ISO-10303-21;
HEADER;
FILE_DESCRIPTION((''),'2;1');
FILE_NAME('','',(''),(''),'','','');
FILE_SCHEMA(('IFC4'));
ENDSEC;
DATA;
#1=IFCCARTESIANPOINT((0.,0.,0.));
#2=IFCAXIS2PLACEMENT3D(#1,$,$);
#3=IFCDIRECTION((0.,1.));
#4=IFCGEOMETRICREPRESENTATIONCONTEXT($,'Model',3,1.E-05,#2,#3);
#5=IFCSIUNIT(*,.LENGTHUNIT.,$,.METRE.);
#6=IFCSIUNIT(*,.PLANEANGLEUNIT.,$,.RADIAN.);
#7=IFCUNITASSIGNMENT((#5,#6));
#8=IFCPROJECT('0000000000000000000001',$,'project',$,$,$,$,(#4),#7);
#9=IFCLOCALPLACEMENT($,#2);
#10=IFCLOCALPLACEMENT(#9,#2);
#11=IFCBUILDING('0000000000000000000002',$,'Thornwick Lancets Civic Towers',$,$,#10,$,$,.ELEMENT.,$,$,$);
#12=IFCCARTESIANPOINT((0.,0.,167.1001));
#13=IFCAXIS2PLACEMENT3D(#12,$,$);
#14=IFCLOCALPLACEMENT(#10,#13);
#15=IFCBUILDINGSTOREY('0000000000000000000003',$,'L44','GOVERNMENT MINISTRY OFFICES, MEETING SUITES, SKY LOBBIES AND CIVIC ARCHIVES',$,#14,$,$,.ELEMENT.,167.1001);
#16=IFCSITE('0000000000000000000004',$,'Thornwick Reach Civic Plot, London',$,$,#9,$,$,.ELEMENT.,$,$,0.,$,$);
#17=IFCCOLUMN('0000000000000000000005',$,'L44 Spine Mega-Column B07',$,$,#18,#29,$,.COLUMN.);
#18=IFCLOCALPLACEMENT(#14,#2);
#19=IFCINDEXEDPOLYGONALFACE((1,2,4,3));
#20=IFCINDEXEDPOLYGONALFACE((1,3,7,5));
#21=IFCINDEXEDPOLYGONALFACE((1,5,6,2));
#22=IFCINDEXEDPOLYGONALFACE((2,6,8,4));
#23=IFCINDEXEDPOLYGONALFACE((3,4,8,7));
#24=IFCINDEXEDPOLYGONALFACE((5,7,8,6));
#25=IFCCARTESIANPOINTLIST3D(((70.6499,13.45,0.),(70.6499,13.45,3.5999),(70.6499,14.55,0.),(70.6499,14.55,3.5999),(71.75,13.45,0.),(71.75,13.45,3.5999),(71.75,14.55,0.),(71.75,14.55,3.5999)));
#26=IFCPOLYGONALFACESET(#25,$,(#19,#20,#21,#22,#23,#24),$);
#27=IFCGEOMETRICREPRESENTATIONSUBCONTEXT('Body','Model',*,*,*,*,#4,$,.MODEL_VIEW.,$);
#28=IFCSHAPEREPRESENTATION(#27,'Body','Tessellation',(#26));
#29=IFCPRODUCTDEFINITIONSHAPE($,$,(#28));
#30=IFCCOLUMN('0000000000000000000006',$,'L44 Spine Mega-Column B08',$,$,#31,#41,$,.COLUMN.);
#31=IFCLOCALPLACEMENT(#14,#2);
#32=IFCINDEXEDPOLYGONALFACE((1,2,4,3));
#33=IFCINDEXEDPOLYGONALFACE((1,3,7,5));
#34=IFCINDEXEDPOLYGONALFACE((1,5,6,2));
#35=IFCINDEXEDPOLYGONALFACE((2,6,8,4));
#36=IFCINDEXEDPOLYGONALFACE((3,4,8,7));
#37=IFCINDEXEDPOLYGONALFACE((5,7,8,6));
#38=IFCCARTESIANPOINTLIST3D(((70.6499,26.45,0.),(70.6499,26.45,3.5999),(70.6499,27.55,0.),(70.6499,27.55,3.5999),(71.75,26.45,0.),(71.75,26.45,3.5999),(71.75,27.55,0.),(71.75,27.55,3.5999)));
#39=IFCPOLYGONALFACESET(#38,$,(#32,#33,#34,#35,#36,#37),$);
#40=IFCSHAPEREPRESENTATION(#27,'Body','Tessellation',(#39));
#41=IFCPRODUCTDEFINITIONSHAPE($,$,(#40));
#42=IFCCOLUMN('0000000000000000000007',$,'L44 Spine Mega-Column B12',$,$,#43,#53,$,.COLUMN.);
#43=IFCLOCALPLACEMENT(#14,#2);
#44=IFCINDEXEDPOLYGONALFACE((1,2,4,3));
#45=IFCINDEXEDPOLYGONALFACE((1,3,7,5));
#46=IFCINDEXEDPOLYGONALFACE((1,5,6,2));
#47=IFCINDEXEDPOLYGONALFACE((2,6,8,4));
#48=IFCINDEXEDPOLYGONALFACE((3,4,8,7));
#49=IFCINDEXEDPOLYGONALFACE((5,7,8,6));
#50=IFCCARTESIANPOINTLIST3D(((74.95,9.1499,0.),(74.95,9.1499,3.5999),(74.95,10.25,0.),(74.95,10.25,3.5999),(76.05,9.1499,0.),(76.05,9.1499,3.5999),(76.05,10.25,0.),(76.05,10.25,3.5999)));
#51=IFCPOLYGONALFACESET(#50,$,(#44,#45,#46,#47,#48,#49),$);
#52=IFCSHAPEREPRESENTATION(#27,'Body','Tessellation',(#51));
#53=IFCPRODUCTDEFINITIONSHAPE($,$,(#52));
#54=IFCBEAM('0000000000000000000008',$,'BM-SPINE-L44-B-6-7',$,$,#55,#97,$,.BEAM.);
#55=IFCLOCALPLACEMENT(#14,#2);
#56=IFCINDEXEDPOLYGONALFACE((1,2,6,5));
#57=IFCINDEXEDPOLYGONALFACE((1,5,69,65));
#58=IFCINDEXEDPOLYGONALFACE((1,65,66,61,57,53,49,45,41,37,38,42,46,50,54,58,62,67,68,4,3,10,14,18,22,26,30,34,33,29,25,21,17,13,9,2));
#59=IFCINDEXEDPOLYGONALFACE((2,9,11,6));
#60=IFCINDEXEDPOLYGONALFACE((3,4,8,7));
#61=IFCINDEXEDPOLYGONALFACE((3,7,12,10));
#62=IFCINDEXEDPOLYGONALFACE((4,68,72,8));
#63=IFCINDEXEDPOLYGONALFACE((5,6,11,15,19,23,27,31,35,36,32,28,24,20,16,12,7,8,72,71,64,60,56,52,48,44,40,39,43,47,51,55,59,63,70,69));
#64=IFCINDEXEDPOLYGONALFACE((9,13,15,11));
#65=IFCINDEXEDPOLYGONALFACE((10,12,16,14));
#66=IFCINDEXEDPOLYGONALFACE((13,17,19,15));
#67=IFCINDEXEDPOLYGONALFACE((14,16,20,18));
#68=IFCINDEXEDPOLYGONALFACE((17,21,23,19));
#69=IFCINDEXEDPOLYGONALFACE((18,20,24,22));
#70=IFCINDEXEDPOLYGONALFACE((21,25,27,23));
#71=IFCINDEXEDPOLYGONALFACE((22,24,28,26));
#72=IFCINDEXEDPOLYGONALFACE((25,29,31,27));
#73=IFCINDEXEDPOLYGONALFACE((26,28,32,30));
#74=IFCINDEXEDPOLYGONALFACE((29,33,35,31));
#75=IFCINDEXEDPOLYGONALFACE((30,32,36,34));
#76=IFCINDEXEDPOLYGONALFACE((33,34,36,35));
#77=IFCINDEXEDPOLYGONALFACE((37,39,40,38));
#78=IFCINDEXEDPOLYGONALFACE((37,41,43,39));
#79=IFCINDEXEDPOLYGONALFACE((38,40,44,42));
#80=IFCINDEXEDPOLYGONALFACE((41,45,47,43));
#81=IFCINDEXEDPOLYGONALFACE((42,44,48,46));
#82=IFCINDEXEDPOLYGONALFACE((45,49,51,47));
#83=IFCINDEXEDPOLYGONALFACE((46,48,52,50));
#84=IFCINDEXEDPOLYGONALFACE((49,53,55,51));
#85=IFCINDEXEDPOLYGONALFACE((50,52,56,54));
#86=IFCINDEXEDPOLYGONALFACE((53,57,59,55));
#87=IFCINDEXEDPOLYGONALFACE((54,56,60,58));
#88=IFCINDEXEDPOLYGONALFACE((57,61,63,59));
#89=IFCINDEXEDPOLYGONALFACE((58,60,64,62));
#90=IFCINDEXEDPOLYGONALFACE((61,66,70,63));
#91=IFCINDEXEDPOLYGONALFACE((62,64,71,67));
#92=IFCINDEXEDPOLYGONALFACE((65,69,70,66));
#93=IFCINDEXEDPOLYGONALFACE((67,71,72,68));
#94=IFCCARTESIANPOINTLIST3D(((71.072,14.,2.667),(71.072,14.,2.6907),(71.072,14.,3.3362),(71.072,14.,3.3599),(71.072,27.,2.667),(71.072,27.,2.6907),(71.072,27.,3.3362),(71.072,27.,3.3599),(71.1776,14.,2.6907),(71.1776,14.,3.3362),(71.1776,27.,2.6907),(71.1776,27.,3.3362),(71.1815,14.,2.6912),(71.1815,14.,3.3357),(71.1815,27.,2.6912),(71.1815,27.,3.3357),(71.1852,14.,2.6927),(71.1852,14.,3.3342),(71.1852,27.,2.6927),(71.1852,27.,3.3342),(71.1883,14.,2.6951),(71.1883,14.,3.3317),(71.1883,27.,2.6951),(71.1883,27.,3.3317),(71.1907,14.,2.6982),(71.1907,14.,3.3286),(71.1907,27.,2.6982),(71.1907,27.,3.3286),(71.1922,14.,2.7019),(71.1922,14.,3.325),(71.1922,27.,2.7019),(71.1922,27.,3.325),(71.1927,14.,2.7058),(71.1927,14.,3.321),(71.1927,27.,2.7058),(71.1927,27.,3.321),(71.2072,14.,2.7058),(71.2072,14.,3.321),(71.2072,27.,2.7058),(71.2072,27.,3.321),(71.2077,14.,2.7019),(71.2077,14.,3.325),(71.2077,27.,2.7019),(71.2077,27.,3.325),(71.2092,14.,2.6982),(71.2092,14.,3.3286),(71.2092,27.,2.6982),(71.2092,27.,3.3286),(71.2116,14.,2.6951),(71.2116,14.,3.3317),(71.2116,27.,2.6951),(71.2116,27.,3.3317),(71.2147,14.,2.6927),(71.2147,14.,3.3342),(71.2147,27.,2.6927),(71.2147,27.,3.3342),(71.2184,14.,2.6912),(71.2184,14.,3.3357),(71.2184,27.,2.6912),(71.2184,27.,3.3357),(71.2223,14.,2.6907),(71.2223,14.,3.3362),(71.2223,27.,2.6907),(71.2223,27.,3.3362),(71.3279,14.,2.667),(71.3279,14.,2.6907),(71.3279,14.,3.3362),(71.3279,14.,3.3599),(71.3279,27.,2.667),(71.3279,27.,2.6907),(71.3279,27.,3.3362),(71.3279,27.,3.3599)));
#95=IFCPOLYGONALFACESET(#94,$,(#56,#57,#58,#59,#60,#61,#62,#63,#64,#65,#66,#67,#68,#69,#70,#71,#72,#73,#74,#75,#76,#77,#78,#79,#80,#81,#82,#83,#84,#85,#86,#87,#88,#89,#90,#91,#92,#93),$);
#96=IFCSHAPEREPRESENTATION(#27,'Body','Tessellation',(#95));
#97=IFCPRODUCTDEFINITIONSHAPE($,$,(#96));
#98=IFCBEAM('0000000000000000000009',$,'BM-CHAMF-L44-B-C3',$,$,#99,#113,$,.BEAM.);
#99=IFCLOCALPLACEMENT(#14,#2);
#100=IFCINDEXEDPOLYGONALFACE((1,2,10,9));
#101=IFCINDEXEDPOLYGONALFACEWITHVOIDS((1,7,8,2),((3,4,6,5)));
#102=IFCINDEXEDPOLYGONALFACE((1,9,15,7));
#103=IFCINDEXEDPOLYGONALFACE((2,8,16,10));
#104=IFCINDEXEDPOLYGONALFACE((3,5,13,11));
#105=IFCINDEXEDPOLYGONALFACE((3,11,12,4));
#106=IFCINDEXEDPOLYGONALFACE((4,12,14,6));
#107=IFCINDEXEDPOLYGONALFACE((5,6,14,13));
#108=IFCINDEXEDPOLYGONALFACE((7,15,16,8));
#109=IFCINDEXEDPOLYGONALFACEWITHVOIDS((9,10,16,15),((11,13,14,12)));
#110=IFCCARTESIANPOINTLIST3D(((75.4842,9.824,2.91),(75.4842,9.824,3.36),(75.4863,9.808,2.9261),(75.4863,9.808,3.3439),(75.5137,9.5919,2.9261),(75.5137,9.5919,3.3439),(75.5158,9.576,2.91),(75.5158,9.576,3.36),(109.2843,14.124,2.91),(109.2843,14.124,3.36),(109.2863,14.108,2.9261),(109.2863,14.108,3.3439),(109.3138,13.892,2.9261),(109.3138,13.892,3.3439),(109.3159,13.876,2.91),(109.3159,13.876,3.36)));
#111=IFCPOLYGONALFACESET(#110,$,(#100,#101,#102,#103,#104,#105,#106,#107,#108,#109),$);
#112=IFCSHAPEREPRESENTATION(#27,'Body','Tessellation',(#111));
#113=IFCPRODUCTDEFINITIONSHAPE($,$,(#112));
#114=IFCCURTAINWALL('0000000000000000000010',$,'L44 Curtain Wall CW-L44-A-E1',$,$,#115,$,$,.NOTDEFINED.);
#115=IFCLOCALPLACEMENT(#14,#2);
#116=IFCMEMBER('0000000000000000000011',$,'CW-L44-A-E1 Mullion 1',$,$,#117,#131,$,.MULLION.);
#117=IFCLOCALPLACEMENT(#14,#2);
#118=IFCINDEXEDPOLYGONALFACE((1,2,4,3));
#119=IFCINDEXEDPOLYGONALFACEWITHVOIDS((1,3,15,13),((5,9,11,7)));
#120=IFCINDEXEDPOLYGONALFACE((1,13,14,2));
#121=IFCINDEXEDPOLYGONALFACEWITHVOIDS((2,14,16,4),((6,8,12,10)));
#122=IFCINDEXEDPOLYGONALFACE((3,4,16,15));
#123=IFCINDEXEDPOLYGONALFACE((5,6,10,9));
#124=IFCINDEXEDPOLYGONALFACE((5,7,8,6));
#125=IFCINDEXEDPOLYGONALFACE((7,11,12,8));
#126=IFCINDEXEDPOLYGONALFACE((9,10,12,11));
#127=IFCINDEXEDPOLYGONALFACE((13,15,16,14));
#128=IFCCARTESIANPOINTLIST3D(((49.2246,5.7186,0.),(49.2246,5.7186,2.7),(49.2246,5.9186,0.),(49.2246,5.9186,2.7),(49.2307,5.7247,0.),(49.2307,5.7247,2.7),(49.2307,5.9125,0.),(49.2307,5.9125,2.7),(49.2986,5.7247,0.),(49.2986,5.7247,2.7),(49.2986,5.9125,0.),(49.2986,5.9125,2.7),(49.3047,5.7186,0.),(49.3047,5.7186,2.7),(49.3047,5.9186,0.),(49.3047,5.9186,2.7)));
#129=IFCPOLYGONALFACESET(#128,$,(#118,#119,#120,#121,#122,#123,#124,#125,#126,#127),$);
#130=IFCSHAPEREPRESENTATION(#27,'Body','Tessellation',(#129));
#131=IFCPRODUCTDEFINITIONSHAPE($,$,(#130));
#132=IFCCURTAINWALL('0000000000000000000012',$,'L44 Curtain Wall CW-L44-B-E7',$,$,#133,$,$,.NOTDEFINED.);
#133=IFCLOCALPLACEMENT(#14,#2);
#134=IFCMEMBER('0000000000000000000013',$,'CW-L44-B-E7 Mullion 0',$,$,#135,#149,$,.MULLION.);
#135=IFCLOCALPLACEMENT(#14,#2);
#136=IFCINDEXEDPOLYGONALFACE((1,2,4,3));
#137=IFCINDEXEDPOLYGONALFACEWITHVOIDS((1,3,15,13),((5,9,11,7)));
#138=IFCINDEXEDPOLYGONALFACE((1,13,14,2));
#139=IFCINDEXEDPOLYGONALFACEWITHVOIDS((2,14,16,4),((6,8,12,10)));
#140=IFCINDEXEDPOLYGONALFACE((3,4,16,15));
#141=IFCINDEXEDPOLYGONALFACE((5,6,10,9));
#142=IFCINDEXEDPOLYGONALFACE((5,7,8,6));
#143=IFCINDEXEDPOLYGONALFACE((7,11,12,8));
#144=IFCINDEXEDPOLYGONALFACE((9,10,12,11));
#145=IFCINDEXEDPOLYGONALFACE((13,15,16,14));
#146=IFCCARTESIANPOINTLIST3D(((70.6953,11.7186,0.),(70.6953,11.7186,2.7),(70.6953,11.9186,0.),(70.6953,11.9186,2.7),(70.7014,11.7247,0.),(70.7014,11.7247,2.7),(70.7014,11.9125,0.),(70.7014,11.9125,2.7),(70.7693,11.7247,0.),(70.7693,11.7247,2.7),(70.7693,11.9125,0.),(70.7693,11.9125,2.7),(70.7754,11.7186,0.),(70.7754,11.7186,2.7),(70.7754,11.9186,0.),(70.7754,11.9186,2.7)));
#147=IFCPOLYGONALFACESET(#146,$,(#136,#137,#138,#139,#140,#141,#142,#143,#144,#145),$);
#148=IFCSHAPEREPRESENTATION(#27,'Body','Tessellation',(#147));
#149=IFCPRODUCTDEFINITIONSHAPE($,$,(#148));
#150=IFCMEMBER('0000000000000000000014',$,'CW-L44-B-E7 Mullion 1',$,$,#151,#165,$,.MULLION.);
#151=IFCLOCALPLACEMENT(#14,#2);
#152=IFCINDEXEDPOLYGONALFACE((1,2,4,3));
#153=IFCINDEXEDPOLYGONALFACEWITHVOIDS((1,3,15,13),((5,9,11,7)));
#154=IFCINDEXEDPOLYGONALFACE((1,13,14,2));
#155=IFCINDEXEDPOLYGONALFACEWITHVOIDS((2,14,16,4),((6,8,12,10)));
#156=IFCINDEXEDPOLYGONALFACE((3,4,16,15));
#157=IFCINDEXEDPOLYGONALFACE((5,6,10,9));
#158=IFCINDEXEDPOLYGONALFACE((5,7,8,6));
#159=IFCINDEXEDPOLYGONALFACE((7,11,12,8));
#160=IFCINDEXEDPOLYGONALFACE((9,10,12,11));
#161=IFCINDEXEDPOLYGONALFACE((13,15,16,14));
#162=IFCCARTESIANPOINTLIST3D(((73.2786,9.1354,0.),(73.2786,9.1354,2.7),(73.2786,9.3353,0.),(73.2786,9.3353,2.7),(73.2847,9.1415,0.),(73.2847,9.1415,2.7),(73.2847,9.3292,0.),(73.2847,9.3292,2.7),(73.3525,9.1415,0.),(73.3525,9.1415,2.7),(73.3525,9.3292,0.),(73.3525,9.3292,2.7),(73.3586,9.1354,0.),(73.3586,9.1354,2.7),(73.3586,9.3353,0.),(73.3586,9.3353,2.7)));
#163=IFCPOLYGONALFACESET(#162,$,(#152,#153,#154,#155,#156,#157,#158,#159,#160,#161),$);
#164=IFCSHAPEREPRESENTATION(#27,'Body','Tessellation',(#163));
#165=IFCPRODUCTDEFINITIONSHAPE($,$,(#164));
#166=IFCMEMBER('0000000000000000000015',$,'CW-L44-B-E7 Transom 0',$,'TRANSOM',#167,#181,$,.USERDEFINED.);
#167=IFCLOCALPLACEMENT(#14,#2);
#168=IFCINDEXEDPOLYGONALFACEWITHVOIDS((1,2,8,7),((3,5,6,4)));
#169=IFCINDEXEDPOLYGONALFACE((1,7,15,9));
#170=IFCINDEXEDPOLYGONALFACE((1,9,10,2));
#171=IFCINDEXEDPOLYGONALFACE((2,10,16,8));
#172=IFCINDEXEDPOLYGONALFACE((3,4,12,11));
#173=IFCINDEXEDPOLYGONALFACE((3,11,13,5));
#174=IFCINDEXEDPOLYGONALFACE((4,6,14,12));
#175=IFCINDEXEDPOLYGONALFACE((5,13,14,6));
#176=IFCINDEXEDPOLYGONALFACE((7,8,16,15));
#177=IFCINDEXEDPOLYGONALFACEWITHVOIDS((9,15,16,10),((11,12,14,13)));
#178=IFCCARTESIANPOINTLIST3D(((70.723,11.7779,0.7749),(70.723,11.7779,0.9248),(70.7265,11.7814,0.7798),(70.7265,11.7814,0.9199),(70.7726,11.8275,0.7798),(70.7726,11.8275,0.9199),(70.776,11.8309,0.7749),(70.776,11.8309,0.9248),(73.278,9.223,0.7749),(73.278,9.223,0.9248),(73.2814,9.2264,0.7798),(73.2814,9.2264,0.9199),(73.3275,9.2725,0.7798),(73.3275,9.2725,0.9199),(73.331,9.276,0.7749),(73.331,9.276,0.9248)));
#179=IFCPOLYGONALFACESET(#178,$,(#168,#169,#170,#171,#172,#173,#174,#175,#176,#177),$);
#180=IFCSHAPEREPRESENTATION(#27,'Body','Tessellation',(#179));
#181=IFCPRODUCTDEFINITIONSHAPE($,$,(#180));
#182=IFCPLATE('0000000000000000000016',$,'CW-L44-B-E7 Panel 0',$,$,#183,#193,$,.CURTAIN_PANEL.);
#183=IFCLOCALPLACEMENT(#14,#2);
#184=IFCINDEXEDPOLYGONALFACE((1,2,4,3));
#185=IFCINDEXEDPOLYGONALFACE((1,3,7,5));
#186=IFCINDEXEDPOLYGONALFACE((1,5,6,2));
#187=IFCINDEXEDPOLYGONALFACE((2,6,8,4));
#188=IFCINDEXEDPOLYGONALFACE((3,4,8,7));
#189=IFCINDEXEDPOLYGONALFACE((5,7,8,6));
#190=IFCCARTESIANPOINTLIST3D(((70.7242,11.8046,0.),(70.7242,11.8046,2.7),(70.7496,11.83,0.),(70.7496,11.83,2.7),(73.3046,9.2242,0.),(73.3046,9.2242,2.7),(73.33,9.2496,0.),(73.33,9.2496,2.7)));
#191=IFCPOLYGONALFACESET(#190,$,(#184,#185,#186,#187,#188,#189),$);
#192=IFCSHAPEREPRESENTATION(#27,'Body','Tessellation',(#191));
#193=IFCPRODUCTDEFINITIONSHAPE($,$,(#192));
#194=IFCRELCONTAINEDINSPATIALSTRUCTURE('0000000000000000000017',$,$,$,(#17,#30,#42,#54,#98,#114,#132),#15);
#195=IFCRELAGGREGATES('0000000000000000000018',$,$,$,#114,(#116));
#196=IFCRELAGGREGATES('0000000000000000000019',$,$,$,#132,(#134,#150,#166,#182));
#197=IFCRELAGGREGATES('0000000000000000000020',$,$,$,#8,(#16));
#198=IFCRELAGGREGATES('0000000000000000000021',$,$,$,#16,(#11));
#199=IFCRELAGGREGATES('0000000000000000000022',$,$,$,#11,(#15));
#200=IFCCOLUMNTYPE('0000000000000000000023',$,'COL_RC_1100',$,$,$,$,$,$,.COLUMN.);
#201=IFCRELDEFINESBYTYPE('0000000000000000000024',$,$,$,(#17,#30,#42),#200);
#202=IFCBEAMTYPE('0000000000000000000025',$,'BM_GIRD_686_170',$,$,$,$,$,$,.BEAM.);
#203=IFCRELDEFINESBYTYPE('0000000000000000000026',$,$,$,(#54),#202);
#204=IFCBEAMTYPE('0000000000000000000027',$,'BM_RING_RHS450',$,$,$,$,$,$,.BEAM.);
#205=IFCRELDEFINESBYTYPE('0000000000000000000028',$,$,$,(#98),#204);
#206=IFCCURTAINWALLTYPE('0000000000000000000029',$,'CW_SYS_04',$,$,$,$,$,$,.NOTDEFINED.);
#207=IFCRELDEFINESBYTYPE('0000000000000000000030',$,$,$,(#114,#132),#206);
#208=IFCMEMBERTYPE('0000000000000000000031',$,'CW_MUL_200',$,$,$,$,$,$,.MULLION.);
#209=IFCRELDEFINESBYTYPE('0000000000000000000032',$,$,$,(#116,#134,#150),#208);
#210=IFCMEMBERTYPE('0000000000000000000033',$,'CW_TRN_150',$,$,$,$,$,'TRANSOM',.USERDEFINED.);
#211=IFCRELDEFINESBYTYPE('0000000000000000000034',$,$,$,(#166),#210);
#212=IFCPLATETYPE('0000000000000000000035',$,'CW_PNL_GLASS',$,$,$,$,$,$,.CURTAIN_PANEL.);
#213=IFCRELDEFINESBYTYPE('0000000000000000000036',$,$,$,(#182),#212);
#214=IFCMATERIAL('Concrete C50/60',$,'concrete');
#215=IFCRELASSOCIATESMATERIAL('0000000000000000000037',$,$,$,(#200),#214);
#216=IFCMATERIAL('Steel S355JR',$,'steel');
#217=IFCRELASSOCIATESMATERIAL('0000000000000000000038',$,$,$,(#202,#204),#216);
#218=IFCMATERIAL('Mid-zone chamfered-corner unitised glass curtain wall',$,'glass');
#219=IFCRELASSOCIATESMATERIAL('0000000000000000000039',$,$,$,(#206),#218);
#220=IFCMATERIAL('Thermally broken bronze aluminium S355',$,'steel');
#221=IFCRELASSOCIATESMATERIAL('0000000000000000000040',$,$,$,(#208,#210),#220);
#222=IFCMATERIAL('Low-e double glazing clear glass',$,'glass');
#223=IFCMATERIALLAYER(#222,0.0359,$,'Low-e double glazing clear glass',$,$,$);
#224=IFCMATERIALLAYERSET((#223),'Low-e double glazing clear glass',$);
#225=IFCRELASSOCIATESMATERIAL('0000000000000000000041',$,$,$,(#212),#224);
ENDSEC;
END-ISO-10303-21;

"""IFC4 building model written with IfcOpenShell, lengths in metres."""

from ifc_helpers import new_model, si_unit, direction, frame, origin, origin_2d, place, context, subcontext, project, spatial, rectangle, hollow_rectangle, i_section, extrude, material, layer, layer_set, material_profile, profile_set, type_object, element, aggregate, save


model = new_model("IFC4")

# Units and contexts
model_context = context("Model", 3, precision=1e-05, world=origin(), true_north=direction((0.0, 1.0)))
body_context = subcontext(model_context, "Body", "Model", "MODEL_VIEW")
ifc_project = project(units=[si_unit("LENGTHUNIT", "METRE"), si_unit("PLANEANGLEUNIT", "RADIAN")], contexts=[model_context])

# Site, building, storey
site_placement = place(None, origin())
site = spatial("IfcSite", under=ifc_project, at=site_placement, Name="Thornwick Reach Civic Plot, London", CompositionType="ELEMENT", RefElevation=0.0)
building_placement = place(site_placement, origin())
building = spatial("IfcBuilding", under=site, at=building_placement, Name="Thornwick Lancets Civic Towers", CompositionType="ELEMENT")
storey_placement = place(building_placement, frame((0.0, 0.0, 167.1001)))
storey = spatial("IfcBuildingStorey", under=building, at=storey_placement, Name="L44", Description="GOVERNMENT MINISTRY OFFICES, MEETING SUITES, SKY LOBBIES AND CIVIC ARCHIVES", CompositionType="ELEMENT", Elevation=167.1001)

# Columns
ifc_material_1 = material(Name="Concrete C50/60", Category="concrete")
ifc_material_profile_1 = material_profile(ifc_material_1, rectangle(XDim=1.1001, YDim=1.1001, at=origin_2d()), Name="RC 1100x1100")
ifc_profile_set_1 = profile_set([ifc_material_profile_1], Name="Concrete C50/60")
column_type = type_object("IfcColumnType", Name="COL_RC_1100", PredefinedType="COLUMN", material=ifc_profile_set_1)
for number, where, z_axis, x_axis, name in (
    (1, (71.2, 14.0, 0.0), (0.0, 0.0, 1.0), (1.0, 0.0, 0.0), "L44 Spine Mega-Column B07"),
    (2, (71.2, 27.0, 0.0), (0.0, 0.0, 1.0), (1.0, 0.0, 0.0), "L44 Spine Mega-Column B08"),
    (3, (75.5, 9.7, 0.0), (0.0, 0.0, 1.0), (1.0, 0.0, 0.0), "L44 Spine Mega-Column B12"),
):
    element("IfcColumn", number, at=place(storey_placement, frame(where, z_axis=z_axis, x_axis=x_axis)), inside=storey, type_object=column_type, Name=name, PredefinedType="COLUMN", context=body_context, shape_type="SweptSolid", body=[
        extrude(rectangle(XDim=1.1001, YDim=1.1001, at=origin_2d()), origin(), (0.0, 0.0, 1.0), 3.5999),
    ])

# Beams
ifc_material_2 = material(Name="Steel S355JR", Category="steel")
ifc_material_profile_2 = material_profile(ifc_material_2, i_section(OverallWidth=0.2559, OverallDepth=0.6929, WebThickness=0.0144, FlangeThickness=0.0237, FilletRadius=0.0151, at=origin_2d()), Name="UKB 686x254x170")
ifc_profile_set_2 = profile_set([ifc_material_profile_2], Name="Steel S355JR")
beam_type_1 = type_object("IfcBeamType", Name="BM_GIRD_686_170", PredefinedType="BEAM", material=ifc_profile_set_2)
beam_1_placement = place(storey_placement, frame((71.2, 14.0, 3.0134), z_axis=(0.0, 1.0, 0.0), x_axis=(-1.0, 0.0, 0.0)))
element("IfcBeam", 4, at=beam_1_placement, inside=storey, type_object=beam_type_1, Name="BM-SPINE-L44-B-6-7", PredefinedType="BEAM", context=body_context, shape_type="SweptSolid", body=[
    extrude(i_section(OverallWidth=0.2559, OverallDepth=0.6929, WebThickness=0.0144, FlangeThickness=0.0237, FilletRadius=0.0151, at=origin_2d()), origin(), (0.0, 0.0, 1.0), 13.0),
])
ifc_material_profile_3 = material_profile(ifc_material_2, hollow_rectangle(XDim=0.25, YDim=0.45, WallThickness=0.0161, at=origin_2d()), Name="RHS 450x250x16")
ifc_profile_set_3 = profile_set([ifc_material_profile_3], Name="Steel S355JR")
beam_type_2 = type_object("IfcBeamType", Name="BM_RING_RHS450", PredefinedType="BEAM", material=ifc_profile_set_3)
beam_2_placement = place(storey_placement, frame((75.5, 9.7, 3.135), z_axis=(0.992004, 0.126203, 0.0), x_axis=(-0.126203, 0.992004, 0.0)))
element("IfcBeam", 5, at=beam_2_placement, inside=storey, type_object=beam_type_2, Name="BM-CHAMF-L44-B-C3", PredefinedType="BEAM", context=body_context, shape_type="SweptSolid", body=[
    extrude(hollow_rectangle(XDim=0.25, YDim=0.45, WallThickness=0.0161, at=origin_2d()), origin(), (0.0, 0.0, 1.0), 34.0725),
])

# Curtain wall, member
ifc_material_3 = material(Name="Mid-zone chamfered-corner unitised glass curtain wall", Category="glass")
curtain_wall_type = type_object("IfcCurtainWallType", Name="CW_SYS_04", PredefinedType="NOTDEFINED", material=ifc_material_3)
curtain_wall_1_placement = place(storey_placement, origin())
curtain_wall_1 = element("IfcCurtainWall", 6, at=curtain_wall_1_placement, inside=storey, type_object=curtain_wall_type, Name="L44 Curtain Wall CW-L44-A-E1", PredefinedType="NOTDEFINED")
ifc_material_4 = material(Name="Thermally broken bronze aluminium S355", Category="steel")
ifc_material_profile_4 = material_profile(ifc_material_4, hollow_rectangle(XDim=0.0801, YDim=0.2, WallThickness=0.0061, at=origin_2d()), Name="RHS 200x80x6")
ifc_profile_set_4 = profile_set([ifc_material_profile_4], Name="Thermally broken bronze aluminium S355")
member_type_1 = type_object("IfcMemberType", Name="CW_MUL_200", PredefinedType="MULLION", material=ifc_profile_set_4)
member_1_placement = place(storey_placement, frame((49.2646, 5.8186, 0.0), z_axis=(0.0, 0.0, 1.0), x_axis=(1.0, 0.0, 0.0)))
member_1 = element("IfcMember", 7, at=member_1_placement, type_object=member_type_1, Name="CW-L44-A-E1 Mullion 1", PredefinedType="MULLION", context=body_context, shape_type="SweptSolid", body=[
    extrude(hollow_rectangle(XDim=0.0801, YDim=0.2, WallThickness=0.0061, at=origin_2d()), origin(), (0.0, 0.0, 1.0), 2.7),
])
aggregate(curtain_wall_1, [member_1])

# Curtain wall, members, plate
curtain_wall_2_placement = place(storey_placement, origin())
curtain_wall_2 = element("IfcCurtainWall", 8, at=curtain_wall_2_placement, inside=storey, type_object=curtain_wall_type, Name="L44 Curtain Wall CW-L44-B-E7", PredefinedType="NOTDEFINED")
member_2_placement = place(storey_placement, frame((70.7354, 11.8186, 0.0), z_axis=(0.0, 0.0, 1.0), x_axis=(1.0, 0.0, 0.0)))
member_2 = element("IfcMember", 9, at=member_2_placement, type_object=member_type_1, Name="CW-L44-B-E7 Mullion 0", PredefinedType="MULLION", context=body_context, shape_type="SweptSolid", body=[
    extrude(hollow_rectangle(XDim=0.0801, YDim=0.2, WallThickness=0.0061, at=origin_2d()), origin(), (0.0, 0.0, 1.0), 2.7),
])
member_3_placement = place(storey_placement, frame((73.3186, 9.2354, 0.0), z_axis=(0.0, 0.0, 1.0), x_axis=(1.0, 0.0, 0.0)))
member_3 = element("IfcMember", 10, at=member_3_placement, type_object=member_type_1, Name="CW-L44-B-E7 Mullion 1", PredefinedType="MULLION", context=body_context, shape_type="SweptSolid", body=[
    extrude(hollow_rectangle(XDim=0.0801, YDim=0.2, WallThickness=0.0061, at=origin_2d()), origin(), (0.0, 0.0, 1.0), 2.7),
])
ifc_material_profile_5 = material_profile(ifc_material_4, hollow_rectangle(XDim=0.075, YDim=0.1499, WallThickness=0.0049, at=origin_2d()), Name="RHS 150x75x5")
ifc_profile_set_5 = profile_set([ifc_material_profile_5], Name="Thermally broken bronze aluminium S355")
member_type_2 = type_object("IfcMemberType", Name="CW_TRN_150", ElementType="TRANSOM", PredefinedType="USERDEFINED", material=ifc_profile_set_5)
member_4_placement = place(storey_placement, frame((70.7495, 11.8044, 0.8499), z_axis=(0.707107, -0.707107, 0.0), x_axis=(0.707107, 0.707107, 0.0)))
member_4 = element("IfcMember", 11, at=member_4_placement, type_object=member_type_2, Name="CW-L44-B-E7 Transom 0", ObjectType="TRANSOM", PredefinedType="USERDEFINED", context=body_context, shape_type="SweptSolid", body=[
    extrude(hollow_rectangle(XDim=0.075, YDim=0.1499, WallThickness=0.0049, at=origin_2d()), origin(), (0.0, 0.0, 1.0), 3.6133),
])
ifc_material_5 = material(Name="Low-e double glazing clear glass", Category="glass")
ifc_layer_1 = layer(ifc_material_5, 0.0359, Name="Low-e double glazing clear glass")
ifc_layer_set_1 = layer_set([ifc_layer_1], Name="Low-e double glazing clear glass")
plate_type = type_object("IfcPlateType", Name="CW_PNL_GLASS", PredefinedType="CURTAIN_PANEL", material=ifc_layer_set_1)
plate_placement = place(storey_placement, frame((72.0271, 10.5271, 0.0), z_axis=(0.0, 0.0, 1.0), x_axis=(0.707107, -0.707107, 0.0)))
plate = element("IfcPlate", 12, at=plate_placement, type_object=plate_type, Name="CW-L44-B-E7 Panel 0", PredefinedType="CURTAIN_PANEL", context=body_context, shape_type="SweptSolid", body=[
    extrude(rectangle(XDim=3.6492, YDim=0.0359, at=origin_2d()), origin(), (0.0, 0.0, 1.0), 2.7),
])
aggregate(curtain_wall_2, [member_2, member_3, member_4, plate])

save(model, "model.ifc")
